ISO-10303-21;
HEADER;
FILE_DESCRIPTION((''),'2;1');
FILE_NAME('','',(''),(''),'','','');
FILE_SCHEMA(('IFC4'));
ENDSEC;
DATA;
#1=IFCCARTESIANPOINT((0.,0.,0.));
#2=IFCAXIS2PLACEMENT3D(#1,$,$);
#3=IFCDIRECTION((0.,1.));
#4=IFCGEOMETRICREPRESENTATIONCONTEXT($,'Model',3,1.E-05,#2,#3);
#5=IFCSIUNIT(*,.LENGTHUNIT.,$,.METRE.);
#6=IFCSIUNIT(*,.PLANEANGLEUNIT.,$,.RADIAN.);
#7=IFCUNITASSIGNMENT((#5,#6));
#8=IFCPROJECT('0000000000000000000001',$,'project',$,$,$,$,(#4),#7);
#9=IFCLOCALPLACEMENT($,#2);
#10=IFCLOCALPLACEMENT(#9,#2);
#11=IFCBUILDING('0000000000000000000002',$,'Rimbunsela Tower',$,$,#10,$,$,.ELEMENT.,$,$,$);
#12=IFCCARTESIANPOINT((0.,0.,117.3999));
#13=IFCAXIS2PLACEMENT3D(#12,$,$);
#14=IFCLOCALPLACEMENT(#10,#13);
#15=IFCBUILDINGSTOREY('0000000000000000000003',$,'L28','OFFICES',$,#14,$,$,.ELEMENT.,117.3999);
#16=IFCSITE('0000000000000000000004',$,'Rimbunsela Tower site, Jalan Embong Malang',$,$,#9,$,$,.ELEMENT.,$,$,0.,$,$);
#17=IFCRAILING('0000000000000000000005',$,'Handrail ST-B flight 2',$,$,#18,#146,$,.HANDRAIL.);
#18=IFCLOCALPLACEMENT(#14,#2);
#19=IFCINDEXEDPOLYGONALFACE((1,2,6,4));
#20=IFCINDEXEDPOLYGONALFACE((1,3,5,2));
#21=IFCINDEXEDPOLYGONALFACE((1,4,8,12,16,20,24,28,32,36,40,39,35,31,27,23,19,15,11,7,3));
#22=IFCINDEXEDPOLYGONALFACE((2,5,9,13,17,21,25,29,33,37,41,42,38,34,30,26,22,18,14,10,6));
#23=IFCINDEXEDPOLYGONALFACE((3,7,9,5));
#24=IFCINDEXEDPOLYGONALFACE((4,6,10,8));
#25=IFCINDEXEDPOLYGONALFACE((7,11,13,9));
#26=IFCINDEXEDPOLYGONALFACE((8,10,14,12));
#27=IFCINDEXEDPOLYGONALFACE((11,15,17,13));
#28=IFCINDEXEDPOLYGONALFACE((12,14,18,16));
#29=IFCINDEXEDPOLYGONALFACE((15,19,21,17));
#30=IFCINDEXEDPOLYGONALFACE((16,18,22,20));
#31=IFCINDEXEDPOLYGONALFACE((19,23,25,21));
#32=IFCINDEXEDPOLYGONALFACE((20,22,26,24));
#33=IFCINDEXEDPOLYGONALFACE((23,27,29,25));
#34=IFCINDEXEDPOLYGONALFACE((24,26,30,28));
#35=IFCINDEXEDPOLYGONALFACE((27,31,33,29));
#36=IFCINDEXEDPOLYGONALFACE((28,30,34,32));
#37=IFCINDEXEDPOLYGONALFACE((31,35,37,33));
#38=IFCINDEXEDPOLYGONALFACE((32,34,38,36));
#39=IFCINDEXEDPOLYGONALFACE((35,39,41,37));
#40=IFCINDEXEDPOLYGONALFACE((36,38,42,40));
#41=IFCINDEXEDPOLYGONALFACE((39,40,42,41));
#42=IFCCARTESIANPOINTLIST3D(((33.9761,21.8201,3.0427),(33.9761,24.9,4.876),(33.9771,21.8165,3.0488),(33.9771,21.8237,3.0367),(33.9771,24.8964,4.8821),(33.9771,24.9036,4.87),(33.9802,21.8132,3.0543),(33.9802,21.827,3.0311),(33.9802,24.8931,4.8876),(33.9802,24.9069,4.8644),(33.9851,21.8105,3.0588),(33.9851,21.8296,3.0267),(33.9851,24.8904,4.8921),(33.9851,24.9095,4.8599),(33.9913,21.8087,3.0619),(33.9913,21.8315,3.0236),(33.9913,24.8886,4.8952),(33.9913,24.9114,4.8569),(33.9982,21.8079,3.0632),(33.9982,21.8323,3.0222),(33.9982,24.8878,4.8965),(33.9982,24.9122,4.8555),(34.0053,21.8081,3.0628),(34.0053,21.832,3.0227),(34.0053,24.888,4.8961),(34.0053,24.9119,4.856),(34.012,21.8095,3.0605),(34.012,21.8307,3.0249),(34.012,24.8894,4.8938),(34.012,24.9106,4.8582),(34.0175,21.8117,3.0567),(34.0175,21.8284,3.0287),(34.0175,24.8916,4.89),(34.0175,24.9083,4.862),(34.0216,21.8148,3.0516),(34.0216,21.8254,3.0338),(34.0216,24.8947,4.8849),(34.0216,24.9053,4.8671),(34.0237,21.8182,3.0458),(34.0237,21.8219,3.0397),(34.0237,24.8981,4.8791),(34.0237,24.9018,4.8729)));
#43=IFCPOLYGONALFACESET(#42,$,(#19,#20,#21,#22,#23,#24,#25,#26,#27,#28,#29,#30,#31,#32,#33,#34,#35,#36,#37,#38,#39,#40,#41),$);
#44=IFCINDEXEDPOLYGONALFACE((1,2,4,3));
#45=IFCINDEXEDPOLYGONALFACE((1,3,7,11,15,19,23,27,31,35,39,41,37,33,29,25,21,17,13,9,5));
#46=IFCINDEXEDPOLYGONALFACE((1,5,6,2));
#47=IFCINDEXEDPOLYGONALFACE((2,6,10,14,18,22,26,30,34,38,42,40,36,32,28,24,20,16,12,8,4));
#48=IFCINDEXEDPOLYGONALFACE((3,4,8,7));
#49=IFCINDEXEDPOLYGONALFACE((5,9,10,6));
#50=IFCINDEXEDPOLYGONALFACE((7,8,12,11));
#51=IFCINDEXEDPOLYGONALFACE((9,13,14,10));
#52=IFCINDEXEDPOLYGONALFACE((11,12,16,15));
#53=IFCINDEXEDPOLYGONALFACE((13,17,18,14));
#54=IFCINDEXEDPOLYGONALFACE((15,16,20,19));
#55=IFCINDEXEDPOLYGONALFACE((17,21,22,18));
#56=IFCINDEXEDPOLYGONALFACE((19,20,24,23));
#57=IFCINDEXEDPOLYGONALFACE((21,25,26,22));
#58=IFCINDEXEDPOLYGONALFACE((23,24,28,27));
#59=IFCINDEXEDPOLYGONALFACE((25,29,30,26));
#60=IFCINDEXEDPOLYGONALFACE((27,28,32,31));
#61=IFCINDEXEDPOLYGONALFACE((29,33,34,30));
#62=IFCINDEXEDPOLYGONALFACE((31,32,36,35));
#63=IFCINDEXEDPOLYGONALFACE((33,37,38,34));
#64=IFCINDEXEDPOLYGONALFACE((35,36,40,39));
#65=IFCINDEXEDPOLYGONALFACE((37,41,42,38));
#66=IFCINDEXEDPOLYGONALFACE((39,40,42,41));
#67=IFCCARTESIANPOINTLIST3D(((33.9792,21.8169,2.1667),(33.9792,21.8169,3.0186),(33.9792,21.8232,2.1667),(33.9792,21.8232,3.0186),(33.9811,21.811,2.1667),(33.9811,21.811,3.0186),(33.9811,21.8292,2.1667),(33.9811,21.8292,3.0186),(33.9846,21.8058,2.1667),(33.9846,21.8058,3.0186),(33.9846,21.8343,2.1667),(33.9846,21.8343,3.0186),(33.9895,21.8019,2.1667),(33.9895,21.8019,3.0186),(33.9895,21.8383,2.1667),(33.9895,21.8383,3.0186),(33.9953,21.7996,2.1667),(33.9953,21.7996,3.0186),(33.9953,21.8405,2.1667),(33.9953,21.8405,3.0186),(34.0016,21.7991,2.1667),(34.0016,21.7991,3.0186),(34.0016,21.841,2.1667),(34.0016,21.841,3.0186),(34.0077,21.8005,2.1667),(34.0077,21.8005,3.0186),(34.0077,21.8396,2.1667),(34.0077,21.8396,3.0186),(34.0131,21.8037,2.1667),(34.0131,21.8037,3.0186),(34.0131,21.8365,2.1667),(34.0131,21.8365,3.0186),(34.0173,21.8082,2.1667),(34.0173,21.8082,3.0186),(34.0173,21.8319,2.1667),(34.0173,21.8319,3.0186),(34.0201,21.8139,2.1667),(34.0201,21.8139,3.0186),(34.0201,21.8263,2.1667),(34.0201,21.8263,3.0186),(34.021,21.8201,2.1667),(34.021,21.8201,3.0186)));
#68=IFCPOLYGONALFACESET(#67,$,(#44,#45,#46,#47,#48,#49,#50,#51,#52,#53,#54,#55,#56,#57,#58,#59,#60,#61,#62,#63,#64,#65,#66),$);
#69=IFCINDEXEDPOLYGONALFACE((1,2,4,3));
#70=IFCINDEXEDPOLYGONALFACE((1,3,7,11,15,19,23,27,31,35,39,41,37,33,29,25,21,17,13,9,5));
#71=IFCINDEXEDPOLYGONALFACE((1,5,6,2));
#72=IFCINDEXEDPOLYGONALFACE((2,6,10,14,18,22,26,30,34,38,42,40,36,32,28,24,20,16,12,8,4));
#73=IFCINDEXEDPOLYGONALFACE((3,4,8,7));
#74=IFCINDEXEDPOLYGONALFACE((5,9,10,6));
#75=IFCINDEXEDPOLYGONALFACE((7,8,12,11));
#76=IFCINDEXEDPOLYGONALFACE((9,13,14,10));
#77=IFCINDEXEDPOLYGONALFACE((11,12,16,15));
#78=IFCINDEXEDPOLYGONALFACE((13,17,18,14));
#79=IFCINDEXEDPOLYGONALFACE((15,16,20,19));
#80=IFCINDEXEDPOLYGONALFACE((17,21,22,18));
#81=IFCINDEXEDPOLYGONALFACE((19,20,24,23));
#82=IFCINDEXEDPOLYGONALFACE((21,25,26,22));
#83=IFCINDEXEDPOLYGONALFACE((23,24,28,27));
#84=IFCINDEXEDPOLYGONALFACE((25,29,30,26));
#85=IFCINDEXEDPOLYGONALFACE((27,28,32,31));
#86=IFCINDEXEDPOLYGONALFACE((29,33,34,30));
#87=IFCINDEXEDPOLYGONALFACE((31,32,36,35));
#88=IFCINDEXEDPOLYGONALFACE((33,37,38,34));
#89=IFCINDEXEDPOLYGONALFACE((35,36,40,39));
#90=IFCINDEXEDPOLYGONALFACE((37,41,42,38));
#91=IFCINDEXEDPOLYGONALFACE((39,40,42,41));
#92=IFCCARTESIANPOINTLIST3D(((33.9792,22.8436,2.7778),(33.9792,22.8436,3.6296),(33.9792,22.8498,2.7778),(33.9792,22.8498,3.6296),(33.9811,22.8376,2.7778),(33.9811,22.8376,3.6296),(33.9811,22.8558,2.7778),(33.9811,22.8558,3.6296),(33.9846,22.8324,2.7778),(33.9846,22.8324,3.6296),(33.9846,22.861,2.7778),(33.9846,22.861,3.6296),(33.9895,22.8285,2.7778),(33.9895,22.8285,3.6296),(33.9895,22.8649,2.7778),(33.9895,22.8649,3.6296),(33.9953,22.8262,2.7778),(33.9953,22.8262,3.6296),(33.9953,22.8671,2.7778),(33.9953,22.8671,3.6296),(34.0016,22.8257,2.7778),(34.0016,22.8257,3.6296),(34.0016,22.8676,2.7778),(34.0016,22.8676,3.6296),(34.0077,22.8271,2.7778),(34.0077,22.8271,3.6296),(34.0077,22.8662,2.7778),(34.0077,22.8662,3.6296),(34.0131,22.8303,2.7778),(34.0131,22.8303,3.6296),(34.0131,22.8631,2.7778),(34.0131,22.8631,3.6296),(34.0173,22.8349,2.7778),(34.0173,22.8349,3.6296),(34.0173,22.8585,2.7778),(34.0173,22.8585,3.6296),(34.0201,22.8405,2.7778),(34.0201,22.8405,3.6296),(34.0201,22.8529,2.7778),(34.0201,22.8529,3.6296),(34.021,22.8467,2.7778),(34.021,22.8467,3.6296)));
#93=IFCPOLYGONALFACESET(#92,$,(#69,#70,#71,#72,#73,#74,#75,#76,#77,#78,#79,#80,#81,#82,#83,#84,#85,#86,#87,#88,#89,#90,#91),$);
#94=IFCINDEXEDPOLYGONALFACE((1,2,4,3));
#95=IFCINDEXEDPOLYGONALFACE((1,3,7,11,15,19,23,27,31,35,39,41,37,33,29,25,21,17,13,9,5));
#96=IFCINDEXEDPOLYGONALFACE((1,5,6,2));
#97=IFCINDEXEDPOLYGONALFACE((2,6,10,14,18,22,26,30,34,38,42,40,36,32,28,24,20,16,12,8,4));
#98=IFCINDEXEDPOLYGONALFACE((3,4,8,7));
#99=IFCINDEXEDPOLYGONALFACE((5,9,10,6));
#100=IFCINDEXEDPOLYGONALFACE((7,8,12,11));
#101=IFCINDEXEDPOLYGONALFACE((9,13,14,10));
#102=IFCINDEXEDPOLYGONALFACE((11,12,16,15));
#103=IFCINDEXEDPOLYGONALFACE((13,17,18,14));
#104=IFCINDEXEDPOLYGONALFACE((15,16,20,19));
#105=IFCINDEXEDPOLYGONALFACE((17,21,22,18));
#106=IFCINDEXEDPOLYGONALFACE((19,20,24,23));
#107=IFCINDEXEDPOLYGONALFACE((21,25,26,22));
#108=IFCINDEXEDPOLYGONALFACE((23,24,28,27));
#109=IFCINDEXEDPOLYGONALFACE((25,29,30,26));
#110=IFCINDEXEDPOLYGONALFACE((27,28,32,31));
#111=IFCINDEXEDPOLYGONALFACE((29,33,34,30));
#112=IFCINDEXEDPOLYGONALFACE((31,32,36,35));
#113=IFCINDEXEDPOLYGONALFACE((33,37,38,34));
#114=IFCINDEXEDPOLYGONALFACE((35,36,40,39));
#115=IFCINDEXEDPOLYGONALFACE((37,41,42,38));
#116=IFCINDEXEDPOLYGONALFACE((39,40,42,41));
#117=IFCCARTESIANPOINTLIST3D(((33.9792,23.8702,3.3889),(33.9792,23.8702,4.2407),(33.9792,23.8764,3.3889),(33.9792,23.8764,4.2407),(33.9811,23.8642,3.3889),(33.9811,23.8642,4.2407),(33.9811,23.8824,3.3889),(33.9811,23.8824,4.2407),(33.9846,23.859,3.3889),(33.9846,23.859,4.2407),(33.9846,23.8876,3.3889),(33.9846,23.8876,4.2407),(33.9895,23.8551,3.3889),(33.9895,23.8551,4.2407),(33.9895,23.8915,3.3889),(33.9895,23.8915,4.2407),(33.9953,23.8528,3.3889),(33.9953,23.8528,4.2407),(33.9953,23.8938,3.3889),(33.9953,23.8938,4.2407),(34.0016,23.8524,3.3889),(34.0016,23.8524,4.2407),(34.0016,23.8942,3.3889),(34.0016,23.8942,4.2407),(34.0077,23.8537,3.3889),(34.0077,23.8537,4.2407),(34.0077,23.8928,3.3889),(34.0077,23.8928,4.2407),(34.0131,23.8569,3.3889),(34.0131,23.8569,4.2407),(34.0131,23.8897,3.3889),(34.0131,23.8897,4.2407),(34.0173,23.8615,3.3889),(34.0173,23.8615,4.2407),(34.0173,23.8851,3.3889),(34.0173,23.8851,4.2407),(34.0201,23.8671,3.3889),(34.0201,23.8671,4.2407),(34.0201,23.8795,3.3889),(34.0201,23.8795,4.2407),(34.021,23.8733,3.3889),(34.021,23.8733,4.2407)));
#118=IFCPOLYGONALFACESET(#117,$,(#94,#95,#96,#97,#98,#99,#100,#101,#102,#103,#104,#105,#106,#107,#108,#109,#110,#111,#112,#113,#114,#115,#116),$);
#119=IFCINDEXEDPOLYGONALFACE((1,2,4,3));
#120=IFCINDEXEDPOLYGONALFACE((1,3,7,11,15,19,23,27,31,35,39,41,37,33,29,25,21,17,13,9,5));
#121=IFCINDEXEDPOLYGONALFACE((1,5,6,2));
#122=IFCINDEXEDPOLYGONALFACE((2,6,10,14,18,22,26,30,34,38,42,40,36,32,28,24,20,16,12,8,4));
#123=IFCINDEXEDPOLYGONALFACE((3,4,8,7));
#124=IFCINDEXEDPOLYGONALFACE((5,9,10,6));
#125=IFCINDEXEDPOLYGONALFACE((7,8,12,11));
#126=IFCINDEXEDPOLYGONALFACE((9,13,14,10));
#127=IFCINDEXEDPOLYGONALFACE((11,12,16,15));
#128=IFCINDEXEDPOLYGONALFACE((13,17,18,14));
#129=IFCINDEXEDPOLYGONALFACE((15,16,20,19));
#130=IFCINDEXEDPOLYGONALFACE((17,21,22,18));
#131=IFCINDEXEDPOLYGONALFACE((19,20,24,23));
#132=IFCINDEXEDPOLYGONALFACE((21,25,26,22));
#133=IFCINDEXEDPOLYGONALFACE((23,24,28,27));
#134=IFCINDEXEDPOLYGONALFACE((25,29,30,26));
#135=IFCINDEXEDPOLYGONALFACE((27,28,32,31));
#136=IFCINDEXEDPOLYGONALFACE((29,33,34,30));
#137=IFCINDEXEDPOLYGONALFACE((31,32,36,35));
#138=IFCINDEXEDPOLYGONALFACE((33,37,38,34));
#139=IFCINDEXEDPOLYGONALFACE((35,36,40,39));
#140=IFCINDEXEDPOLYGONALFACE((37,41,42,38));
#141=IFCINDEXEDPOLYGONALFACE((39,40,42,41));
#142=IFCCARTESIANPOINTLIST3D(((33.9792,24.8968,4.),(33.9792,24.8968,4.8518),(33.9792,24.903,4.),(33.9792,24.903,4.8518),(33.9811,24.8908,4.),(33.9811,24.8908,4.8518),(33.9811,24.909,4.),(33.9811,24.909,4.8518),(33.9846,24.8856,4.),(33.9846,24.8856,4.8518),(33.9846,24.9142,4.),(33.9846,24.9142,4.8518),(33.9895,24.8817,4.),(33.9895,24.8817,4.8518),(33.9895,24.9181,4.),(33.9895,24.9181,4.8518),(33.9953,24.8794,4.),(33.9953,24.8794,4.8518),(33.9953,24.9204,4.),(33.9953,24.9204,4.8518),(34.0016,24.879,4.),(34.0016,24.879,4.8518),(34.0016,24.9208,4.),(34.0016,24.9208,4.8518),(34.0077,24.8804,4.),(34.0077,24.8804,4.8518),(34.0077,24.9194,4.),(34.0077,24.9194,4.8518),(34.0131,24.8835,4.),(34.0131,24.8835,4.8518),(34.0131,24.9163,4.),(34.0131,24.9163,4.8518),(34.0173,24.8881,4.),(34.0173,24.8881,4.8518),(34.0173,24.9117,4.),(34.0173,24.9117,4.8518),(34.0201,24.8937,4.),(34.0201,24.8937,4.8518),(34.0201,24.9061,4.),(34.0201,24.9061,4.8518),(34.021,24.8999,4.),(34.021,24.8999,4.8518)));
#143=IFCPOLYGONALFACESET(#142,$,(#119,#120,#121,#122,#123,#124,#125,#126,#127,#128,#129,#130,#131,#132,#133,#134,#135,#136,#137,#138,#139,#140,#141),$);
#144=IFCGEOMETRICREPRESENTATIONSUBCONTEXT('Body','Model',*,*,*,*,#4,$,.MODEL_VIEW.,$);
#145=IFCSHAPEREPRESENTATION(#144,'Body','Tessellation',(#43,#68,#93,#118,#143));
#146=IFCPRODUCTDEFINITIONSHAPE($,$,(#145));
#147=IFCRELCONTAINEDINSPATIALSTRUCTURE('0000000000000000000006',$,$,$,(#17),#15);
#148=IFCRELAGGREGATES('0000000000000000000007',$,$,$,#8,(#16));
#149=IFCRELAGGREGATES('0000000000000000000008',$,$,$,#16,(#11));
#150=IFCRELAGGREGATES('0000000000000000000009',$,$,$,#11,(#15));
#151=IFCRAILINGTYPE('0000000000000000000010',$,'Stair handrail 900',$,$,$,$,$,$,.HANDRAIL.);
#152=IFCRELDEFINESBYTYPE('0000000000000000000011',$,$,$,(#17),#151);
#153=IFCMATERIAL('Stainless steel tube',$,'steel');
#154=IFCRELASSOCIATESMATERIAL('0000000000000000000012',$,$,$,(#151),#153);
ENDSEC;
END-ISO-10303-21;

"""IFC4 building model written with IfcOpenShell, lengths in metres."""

from ifc_helpers import new_model, si_unit, direction, frame, origin, origin_2d, place, context, subcontext, project, spatial, circle, extrude, material, type_object, element, save


model = new_model("IFC4")

# Units and contexts
model_context = context("Model", 3, precision=1e-05, world=origin(), true_north=direction((0.0, 1.0)))
body_context = subcontext(model_context, "Body", "Model", "MODEL_VIEW")
ifc_project = project(units=[si_unit("LENGTHUNIT", "METRE"), si_unit("PLANEANGLEUNIT", "RADIAN")], contexts=[model_context])

# Site, building, storey
site_placement = place(None, origin())
site = spatial("IfcSite", under=ifc_project, at=site_placement, Name="Rimbunsela Tower site, Jalan Embong Malang", CompositionType="ELEMENT", RefElevation=0.0)
building_placement = place(site_placement, origin())
building = spatial("IfcBuilding", under=site, at=building_placement, Name="Rimbunsela Tower", CompositionType="ELEMENT")
storey_placement = place(building_placement, frame((0.0, 0.0, 117.3999)))
storey = spatial("IfcBuildingStorey", under=building, at=storey_placement, Name="L28", Description="OFFICES", CompositionType="ELEMENT", Elevation=117.3999)

# Railing
ifc_material_1 = material(Name="Stainless steel tube", Category="steel")
railing_type = type_object("IfcRailingType", Name="Stair handrail 900", PredefinedType="HANDRAIL", material=ifc_material_1)
railing_1_placement = place(storey_placement, frame((34.0, 21.8201, 2.1667)))
element("IfcRailing", 1, at=railing_1_placement, inside=storey, type_object=railing_type, Name="Handrail ST-B flight 2", PredefinedType="HANDRAIL", context=body_context, shape_type="SweptSolid", body=[
    extrude(circle(Radius=0.0239, at=origin_2d()), frame((0.0, 0.0, 0.876), z_axis=(0.0, 0.859291, 0.511487), x_axis=(-1.0, 0.0, 0.0)), (0.0, 0.0, 1.0), 3.5842),
    extrude(circle(Radius=0.021, at=origin_2d()), origin(), (0.0, 0.0, 1.0), 0.8518),
    extrude(circle(Radius=0.021, at=origin_2d()), frame((0.0, 1.0266, 0.6111)), (0.0, 0.0, 1.0), 0.8518),
    extrude(circle(Radius=0.021, at=origin_2d()), frame((0.0, 2.0532, 1.2222)), (0.0, 0.0, 1.0), 0.8518),
    extrude(circle(Radius=0.021, at=origin_2d()), frame((0.0, 3.0798, 1.8333)), (0.0, 0.0, 1.0), 0.8518),
])

save(model, "model.ifc")
